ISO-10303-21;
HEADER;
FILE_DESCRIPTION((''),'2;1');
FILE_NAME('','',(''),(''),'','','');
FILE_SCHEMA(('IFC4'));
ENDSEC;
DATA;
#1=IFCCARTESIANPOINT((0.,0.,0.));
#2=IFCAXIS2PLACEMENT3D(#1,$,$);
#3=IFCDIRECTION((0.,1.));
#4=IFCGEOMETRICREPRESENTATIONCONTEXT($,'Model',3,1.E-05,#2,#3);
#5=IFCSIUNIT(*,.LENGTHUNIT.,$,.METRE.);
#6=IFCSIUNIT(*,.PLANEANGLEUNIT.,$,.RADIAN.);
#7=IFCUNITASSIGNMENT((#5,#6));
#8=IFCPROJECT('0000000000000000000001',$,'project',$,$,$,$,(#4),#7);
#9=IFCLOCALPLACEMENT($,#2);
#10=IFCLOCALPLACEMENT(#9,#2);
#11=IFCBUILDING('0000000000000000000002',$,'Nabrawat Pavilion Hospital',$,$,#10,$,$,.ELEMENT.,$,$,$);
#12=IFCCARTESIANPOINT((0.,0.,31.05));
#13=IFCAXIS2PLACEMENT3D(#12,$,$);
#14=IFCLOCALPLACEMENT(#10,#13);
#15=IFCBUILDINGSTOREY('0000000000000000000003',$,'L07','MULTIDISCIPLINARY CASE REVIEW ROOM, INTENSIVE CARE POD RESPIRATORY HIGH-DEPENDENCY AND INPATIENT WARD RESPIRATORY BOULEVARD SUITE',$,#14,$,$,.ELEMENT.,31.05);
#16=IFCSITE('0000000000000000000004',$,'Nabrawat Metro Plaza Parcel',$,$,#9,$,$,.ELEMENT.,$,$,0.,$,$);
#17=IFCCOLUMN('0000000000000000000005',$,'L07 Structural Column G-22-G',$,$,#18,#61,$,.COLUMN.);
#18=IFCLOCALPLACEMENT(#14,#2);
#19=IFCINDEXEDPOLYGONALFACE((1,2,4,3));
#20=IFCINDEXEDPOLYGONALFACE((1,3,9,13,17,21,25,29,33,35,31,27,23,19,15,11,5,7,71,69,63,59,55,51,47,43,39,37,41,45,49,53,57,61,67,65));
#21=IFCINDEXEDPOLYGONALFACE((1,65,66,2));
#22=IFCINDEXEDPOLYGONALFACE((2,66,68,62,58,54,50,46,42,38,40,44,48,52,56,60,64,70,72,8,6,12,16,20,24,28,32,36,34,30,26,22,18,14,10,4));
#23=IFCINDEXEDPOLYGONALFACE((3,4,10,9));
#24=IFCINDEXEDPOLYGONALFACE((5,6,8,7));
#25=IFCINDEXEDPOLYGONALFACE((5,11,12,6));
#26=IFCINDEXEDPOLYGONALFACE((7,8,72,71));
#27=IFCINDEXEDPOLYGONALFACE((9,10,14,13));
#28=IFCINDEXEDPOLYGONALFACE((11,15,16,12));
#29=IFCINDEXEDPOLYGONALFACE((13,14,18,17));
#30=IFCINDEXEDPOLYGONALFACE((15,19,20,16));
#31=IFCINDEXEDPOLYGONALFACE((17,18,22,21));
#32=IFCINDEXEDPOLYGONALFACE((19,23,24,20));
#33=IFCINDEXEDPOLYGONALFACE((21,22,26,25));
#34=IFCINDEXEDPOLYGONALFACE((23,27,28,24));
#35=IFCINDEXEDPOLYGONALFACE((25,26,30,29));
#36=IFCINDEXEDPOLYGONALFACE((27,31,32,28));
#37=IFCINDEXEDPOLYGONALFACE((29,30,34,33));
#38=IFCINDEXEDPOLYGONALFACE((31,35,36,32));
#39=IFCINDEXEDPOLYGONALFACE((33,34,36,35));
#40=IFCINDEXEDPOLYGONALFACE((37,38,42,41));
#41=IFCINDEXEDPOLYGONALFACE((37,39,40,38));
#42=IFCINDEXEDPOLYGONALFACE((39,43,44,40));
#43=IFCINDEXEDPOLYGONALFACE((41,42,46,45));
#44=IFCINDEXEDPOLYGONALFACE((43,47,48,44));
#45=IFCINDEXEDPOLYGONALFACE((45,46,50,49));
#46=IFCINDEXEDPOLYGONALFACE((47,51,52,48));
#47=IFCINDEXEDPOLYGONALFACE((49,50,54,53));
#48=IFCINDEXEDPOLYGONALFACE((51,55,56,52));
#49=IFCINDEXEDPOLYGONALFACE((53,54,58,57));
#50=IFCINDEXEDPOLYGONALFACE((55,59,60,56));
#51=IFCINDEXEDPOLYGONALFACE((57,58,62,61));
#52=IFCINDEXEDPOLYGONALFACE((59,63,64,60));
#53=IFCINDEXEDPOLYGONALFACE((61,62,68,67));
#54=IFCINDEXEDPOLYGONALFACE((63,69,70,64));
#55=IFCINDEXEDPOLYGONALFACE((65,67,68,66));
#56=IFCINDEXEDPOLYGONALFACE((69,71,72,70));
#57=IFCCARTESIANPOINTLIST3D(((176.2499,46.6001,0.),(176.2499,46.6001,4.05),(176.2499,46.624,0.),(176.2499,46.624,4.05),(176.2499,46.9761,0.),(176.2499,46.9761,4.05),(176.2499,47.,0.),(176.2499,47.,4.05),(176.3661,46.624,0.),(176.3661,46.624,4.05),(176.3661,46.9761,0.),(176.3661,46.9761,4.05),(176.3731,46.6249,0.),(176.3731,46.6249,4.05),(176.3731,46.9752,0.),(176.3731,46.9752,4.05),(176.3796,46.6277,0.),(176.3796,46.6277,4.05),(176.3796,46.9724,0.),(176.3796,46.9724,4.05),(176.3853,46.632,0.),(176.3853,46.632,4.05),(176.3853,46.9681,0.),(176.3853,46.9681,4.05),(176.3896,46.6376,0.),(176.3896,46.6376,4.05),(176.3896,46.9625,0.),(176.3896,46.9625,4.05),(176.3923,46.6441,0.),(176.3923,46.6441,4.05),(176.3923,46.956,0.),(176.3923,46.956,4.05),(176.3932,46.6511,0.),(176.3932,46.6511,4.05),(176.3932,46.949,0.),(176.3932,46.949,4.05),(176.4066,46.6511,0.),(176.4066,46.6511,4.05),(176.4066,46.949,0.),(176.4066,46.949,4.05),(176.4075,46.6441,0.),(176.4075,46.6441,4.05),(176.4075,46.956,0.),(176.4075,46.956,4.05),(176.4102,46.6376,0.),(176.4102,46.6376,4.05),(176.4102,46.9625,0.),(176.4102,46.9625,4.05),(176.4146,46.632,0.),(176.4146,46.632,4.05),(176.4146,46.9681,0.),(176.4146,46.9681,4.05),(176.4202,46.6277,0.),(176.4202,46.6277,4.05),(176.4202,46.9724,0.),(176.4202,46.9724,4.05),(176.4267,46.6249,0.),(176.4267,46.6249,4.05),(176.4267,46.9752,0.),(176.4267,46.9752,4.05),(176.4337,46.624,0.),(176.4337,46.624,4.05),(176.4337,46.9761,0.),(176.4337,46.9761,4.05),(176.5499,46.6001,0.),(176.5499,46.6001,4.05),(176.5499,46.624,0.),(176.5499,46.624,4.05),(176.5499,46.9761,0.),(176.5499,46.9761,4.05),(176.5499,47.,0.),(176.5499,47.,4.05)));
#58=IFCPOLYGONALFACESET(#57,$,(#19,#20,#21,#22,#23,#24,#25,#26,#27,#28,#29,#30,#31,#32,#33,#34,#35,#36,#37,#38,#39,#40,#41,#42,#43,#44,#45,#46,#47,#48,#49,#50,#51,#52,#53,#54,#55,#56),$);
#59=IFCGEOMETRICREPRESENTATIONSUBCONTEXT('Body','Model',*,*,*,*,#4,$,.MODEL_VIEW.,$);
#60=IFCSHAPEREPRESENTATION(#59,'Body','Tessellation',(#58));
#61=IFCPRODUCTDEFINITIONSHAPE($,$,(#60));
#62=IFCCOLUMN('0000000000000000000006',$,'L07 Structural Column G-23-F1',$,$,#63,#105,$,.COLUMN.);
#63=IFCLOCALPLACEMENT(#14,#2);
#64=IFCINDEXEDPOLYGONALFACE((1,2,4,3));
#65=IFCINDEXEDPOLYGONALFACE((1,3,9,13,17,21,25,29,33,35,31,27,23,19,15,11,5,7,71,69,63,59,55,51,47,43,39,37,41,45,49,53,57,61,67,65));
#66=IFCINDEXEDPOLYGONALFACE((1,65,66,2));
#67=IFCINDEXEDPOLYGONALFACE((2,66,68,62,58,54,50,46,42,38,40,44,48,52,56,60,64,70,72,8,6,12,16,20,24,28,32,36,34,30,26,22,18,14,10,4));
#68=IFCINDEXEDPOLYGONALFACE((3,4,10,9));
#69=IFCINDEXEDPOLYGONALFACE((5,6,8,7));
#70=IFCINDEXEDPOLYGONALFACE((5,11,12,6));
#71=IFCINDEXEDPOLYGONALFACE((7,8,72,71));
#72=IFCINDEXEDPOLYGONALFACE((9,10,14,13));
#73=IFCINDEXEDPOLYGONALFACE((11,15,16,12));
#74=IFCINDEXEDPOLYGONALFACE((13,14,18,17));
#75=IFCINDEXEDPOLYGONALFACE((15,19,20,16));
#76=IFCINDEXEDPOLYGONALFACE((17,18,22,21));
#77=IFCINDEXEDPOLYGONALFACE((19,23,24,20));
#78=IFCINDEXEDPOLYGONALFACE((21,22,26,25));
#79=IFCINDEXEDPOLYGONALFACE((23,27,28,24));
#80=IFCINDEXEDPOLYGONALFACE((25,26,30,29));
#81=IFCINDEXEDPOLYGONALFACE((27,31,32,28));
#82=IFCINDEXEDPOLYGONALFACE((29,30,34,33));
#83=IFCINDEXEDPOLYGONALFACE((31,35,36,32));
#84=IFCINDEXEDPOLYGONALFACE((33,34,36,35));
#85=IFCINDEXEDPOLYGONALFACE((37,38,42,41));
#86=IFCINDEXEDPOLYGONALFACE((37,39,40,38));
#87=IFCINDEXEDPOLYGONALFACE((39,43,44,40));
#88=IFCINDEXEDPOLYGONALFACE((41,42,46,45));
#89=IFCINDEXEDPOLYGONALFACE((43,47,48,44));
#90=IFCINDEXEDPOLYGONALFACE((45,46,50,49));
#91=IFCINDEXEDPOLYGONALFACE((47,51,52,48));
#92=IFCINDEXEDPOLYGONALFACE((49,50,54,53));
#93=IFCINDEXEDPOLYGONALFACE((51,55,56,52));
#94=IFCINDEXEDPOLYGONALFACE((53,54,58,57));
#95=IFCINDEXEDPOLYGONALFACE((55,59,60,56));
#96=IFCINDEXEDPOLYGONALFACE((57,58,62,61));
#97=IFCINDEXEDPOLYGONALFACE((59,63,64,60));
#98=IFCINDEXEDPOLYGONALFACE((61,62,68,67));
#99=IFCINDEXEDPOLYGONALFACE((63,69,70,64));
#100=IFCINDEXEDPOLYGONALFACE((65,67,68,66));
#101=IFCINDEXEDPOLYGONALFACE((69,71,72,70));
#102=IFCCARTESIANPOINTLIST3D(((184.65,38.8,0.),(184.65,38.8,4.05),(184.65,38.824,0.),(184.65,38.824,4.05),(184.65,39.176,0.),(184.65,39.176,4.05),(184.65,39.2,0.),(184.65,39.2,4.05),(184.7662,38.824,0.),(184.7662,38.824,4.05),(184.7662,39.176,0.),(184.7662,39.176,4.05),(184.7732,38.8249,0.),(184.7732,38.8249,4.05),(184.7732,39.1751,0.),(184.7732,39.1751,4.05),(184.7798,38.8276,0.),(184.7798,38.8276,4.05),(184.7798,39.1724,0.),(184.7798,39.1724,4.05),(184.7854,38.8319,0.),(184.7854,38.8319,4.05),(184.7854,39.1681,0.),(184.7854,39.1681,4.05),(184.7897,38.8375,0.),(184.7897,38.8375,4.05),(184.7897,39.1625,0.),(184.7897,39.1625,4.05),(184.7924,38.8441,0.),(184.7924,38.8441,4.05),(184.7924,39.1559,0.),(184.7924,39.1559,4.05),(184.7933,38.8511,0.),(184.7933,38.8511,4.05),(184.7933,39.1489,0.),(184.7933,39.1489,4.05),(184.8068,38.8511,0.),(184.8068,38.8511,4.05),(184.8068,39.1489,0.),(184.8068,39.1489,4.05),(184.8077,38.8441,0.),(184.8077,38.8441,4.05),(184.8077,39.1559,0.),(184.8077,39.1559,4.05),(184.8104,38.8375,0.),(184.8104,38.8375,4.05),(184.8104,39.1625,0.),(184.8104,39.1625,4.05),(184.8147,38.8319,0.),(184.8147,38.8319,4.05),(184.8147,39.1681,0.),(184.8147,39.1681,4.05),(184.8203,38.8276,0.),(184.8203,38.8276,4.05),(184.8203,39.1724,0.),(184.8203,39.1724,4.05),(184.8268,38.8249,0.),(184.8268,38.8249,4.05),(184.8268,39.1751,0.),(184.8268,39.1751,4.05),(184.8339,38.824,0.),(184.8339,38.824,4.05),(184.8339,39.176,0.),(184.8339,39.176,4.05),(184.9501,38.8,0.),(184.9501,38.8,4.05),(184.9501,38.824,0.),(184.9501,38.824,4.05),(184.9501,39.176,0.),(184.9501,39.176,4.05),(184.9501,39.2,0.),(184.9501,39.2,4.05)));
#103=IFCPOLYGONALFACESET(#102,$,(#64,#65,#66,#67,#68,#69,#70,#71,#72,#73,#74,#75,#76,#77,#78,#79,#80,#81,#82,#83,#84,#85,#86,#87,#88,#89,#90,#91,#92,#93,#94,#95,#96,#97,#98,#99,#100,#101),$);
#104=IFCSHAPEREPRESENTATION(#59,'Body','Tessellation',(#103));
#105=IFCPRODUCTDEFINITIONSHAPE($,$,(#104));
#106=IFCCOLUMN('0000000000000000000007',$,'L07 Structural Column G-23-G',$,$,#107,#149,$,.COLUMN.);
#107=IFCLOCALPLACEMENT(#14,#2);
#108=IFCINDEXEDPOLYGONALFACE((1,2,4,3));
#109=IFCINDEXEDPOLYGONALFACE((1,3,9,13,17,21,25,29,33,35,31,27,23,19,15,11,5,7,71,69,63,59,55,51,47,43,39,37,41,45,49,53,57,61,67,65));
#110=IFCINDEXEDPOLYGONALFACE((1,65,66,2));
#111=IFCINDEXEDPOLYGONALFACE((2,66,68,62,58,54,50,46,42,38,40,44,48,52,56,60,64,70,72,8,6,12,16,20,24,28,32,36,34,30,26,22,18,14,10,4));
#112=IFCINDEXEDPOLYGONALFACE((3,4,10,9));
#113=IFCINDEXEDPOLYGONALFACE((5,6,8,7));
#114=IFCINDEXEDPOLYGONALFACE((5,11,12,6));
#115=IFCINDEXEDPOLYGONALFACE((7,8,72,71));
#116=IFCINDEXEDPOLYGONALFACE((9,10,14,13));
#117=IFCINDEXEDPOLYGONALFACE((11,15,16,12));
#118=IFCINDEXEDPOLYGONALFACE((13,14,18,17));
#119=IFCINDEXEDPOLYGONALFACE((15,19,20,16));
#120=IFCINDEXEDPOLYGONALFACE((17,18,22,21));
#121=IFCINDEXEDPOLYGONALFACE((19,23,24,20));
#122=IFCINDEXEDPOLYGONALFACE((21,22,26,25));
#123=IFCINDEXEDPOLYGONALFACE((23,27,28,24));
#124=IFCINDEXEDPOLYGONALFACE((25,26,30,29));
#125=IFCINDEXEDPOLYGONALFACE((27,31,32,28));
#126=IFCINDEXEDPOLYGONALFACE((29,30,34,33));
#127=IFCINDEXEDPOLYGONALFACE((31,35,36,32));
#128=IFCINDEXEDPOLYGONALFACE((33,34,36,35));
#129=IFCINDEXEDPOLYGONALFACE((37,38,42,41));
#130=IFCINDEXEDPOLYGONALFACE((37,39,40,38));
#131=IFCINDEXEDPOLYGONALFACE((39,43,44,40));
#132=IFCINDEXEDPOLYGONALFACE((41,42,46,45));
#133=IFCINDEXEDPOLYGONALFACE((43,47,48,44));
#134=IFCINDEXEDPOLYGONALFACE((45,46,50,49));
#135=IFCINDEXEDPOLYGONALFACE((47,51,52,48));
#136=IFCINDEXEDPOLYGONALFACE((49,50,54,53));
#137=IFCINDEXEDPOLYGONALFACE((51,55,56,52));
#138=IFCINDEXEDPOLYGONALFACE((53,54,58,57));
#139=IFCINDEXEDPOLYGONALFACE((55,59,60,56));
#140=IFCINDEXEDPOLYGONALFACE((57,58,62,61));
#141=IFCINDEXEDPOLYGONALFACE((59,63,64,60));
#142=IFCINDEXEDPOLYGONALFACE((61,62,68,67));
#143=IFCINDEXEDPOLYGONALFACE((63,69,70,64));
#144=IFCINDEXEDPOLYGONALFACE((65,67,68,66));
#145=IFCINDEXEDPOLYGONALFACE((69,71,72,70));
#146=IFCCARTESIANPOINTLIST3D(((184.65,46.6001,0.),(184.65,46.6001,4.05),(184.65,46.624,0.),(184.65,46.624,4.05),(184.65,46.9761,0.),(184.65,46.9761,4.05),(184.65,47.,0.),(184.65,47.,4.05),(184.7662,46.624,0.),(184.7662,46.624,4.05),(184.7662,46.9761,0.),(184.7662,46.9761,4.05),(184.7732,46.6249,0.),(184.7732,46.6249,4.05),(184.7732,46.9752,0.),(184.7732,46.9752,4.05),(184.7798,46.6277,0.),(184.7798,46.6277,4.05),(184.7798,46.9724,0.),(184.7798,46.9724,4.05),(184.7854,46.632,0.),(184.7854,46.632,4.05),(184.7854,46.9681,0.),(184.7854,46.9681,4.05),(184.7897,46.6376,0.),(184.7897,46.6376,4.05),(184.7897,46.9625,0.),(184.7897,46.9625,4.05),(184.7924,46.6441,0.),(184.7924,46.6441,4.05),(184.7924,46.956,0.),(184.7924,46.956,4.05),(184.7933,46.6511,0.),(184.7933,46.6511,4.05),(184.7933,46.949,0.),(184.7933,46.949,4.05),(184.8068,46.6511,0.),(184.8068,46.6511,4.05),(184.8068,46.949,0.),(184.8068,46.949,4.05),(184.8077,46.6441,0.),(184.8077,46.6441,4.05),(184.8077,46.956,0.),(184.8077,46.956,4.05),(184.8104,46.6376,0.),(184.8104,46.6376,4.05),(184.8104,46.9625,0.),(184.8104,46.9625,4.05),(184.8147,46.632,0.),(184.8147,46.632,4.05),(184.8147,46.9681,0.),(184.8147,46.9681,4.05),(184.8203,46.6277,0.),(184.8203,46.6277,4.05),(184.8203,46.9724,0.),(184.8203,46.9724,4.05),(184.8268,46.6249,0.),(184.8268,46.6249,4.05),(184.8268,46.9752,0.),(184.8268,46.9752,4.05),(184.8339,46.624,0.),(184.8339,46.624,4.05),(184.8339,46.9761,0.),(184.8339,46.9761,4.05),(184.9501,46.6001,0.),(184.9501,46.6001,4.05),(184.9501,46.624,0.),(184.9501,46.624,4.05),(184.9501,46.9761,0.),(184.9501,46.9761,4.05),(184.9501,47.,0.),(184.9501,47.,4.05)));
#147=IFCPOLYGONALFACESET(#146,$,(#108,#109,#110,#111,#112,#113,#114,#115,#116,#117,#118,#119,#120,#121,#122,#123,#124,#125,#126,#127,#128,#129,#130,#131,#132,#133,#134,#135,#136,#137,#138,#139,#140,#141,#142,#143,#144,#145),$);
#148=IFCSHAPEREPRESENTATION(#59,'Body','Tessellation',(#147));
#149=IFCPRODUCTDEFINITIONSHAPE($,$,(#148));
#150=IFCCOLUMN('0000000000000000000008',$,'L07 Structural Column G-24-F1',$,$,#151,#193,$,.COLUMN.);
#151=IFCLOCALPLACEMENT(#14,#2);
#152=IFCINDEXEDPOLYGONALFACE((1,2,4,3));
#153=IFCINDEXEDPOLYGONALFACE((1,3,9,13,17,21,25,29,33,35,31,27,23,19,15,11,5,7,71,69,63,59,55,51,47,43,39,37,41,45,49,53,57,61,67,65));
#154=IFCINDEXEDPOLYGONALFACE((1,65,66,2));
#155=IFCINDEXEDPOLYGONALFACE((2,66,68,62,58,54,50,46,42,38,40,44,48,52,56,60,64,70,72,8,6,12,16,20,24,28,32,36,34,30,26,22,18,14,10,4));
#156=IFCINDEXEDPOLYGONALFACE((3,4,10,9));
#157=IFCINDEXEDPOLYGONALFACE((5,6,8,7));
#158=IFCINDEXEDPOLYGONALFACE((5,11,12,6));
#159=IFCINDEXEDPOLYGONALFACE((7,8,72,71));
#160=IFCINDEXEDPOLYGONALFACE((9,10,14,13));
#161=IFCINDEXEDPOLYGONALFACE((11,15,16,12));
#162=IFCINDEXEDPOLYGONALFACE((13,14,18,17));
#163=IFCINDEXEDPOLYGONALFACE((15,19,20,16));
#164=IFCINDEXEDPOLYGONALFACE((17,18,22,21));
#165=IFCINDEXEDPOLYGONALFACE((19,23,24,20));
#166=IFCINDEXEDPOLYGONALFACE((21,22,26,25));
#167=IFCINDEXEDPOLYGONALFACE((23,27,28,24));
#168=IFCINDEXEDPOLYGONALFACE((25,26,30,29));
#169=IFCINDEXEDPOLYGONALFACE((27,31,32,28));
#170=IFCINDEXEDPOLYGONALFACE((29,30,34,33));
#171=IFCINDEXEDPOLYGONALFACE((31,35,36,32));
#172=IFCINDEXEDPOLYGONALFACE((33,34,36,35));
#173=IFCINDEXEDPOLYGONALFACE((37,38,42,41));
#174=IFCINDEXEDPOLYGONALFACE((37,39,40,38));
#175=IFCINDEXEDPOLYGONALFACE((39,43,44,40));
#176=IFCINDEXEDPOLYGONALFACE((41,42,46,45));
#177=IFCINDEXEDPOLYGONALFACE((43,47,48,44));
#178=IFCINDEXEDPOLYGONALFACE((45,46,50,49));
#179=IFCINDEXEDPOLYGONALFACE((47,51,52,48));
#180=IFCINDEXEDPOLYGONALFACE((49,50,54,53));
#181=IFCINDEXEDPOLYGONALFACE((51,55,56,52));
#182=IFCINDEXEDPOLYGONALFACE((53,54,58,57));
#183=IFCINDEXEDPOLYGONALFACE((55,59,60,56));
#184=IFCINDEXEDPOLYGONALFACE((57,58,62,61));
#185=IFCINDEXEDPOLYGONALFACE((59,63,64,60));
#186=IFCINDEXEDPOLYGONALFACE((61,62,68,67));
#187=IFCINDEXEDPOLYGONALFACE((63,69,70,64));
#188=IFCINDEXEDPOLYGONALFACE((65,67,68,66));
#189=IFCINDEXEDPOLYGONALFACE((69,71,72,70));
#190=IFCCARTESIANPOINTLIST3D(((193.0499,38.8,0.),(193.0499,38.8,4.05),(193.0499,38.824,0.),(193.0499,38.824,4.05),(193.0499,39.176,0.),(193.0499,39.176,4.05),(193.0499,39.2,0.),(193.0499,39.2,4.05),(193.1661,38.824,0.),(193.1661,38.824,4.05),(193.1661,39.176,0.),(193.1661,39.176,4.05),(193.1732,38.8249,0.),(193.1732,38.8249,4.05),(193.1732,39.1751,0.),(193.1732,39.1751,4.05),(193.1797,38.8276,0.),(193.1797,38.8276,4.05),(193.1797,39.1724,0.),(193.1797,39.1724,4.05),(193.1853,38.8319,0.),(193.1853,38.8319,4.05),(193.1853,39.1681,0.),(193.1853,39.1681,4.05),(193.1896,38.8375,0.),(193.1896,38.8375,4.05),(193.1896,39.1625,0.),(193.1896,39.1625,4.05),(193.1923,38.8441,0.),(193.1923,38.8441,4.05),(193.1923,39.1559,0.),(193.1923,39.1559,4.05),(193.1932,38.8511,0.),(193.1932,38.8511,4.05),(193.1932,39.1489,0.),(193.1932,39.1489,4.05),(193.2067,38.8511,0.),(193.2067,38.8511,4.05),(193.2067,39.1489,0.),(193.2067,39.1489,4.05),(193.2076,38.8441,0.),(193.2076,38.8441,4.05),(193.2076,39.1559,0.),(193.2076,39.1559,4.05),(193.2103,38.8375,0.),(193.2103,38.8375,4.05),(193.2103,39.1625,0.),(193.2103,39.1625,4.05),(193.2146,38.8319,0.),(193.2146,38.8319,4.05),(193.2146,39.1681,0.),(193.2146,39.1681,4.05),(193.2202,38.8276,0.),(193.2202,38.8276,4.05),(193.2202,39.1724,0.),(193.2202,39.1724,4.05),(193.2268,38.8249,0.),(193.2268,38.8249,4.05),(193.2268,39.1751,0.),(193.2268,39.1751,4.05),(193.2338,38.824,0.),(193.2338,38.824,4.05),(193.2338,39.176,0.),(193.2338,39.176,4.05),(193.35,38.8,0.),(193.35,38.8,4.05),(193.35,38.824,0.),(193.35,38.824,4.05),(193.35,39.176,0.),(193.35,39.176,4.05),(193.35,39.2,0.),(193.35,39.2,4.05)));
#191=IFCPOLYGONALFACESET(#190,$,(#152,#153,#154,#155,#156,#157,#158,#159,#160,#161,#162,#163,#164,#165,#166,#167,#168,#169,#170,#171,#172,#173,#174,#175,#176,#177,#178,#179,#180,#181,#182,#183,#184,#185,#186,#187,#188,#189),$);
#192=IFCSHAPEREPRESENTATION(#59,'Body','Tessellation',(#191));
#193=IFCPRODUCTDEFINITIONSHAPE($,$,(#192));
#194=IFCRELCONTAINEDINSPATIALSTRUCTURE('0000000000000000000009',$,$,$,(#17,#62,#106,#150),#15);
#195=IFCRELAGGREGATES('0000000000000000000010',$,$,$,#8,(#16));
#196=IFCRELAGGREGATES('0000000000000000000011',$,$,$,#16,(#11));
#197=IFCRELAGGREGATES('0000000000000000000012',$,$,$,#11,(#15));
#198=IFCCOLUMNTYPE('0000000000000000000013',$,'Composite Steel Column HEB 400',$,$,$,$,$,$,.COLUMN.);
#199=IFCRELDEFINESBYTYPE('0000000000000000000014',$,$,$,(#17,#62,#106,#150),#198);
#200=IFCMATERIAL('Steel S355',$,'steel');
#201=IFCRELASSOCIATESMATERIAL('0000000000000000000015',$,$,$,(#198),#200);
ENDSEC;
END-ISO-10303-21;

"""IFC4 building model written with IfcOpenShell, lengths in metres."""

from ifc_helpers import new_model, si_unit, direction, frame, origin, origin_2d, place, context, subcontext, project, spatial, i_section, extrude, material, material_profile, profile_set, type_object, element, save


model = new_model("IFC4")

# Units and contexts
model_context = context("Model", 3, precision=1e-05, world=origin(), true_north=direction((0.0, 1.0)))
body_context = subcontext(model_context, "Body", "Model", "MODEL_VIEW")
ifc_project = project(units=[si_unit("LENGTHUNIT", "METRE"), si_unit("PLANEANGLEUNIT", "RADIAN")], contexts=[model_context])

# Site, building, storey
site_placement = place(None, origin())
site = spatial("IfcSite", under=ifc_project, at=site_placement, Name="Nabrawat Metro Plaza Parcel", CompositionType="ELEMENT", RefElevation=0.0)
building_placement = place(site_placement, origin())
building = spatial("IfcBuilding", under=site, at=building_placement, Name="Nabrawat Pavilion Hospital", CompositionType="ELEMENT")
storey_placement = place(building_placement, frame((0.0, 0.0, 31.05)))
storey = spatial("IfcBuildingStorey", under=building, at=storey_placement, Name="L07", Description="MULTIDISCIPLINARY CASE REVIEW ROOM, INTENSIVE CARE POD RESPIRATORY HIGH-DEPENDENCY AND INPATIENT WARD RESPIRATORY BOULEVARD SUITE", CompositionType="ELEMENT", Elevation=31.05)

# Columns
ifc_material_1 = material(Name="Steel S355", Category="steel")
ifc_material_profile_1 = material_profile(ifc_material_1, i_section(OverallWidth=0.3, OverallDepth=0.3999, WebThickness=0.0134, FlangeThickness=0.0239, FilletRadius=0.0271, at=origin_2d()), Name="HEB 400")
ifc_profile_set_1 = profile_set([ifc_material_profile_1], Name="Steel S355")
column_type = type_object("IfcColumnType", Name="Composite Steel Column HEB 400", PredefinedType="COLUMN", material=ifc_profile_set_1)
for number, where, z_axis, x_axis, name in (
    (1, (176.3999, 46.8, 0.0), (0.0, 0.0, 1.0), (1.0, 0.0, 0.0), "L07 Structural Column G-22-G"),
    (2, (184.8, 39.0, 0.0), (0.0, 0.0, 1.0), (1.0, 0.0, 0.0), "L07 Structural Column G-23-F1"),
    (3, (184.8, 46.8, 0.0), (0.0, 0.0, 1.0), (1.0, 0.0, 0.0), "L07 Structural Column G-23-G"),
    (4, (193.2, 39.0, 0.0), (0.0, 0.0, 1.0), (1.0, 0.0, 0.0), "L07 Structural Column G-24-F1"),
):
    element("IfcColumn", number, at=place(storey_placement, frame(where, z_axis=z_axis, x_axis=x_axis)), inside=storey, type_object=column_type, Name=name, PredefinedType="COLUMN", context=body_context, shape_type="SweptSolid", body=[
        extrude(i_section(OverallWidth=0.3, OverallDepth=0.3999, WebThickness=0.0134, FlangeThickness=0.0239, FilletRadius=0.0271, at=origin_2d()), origin(), (0.0, 0.0, 1.0), 4.05),
    ])

save(model, "model.ifc")
